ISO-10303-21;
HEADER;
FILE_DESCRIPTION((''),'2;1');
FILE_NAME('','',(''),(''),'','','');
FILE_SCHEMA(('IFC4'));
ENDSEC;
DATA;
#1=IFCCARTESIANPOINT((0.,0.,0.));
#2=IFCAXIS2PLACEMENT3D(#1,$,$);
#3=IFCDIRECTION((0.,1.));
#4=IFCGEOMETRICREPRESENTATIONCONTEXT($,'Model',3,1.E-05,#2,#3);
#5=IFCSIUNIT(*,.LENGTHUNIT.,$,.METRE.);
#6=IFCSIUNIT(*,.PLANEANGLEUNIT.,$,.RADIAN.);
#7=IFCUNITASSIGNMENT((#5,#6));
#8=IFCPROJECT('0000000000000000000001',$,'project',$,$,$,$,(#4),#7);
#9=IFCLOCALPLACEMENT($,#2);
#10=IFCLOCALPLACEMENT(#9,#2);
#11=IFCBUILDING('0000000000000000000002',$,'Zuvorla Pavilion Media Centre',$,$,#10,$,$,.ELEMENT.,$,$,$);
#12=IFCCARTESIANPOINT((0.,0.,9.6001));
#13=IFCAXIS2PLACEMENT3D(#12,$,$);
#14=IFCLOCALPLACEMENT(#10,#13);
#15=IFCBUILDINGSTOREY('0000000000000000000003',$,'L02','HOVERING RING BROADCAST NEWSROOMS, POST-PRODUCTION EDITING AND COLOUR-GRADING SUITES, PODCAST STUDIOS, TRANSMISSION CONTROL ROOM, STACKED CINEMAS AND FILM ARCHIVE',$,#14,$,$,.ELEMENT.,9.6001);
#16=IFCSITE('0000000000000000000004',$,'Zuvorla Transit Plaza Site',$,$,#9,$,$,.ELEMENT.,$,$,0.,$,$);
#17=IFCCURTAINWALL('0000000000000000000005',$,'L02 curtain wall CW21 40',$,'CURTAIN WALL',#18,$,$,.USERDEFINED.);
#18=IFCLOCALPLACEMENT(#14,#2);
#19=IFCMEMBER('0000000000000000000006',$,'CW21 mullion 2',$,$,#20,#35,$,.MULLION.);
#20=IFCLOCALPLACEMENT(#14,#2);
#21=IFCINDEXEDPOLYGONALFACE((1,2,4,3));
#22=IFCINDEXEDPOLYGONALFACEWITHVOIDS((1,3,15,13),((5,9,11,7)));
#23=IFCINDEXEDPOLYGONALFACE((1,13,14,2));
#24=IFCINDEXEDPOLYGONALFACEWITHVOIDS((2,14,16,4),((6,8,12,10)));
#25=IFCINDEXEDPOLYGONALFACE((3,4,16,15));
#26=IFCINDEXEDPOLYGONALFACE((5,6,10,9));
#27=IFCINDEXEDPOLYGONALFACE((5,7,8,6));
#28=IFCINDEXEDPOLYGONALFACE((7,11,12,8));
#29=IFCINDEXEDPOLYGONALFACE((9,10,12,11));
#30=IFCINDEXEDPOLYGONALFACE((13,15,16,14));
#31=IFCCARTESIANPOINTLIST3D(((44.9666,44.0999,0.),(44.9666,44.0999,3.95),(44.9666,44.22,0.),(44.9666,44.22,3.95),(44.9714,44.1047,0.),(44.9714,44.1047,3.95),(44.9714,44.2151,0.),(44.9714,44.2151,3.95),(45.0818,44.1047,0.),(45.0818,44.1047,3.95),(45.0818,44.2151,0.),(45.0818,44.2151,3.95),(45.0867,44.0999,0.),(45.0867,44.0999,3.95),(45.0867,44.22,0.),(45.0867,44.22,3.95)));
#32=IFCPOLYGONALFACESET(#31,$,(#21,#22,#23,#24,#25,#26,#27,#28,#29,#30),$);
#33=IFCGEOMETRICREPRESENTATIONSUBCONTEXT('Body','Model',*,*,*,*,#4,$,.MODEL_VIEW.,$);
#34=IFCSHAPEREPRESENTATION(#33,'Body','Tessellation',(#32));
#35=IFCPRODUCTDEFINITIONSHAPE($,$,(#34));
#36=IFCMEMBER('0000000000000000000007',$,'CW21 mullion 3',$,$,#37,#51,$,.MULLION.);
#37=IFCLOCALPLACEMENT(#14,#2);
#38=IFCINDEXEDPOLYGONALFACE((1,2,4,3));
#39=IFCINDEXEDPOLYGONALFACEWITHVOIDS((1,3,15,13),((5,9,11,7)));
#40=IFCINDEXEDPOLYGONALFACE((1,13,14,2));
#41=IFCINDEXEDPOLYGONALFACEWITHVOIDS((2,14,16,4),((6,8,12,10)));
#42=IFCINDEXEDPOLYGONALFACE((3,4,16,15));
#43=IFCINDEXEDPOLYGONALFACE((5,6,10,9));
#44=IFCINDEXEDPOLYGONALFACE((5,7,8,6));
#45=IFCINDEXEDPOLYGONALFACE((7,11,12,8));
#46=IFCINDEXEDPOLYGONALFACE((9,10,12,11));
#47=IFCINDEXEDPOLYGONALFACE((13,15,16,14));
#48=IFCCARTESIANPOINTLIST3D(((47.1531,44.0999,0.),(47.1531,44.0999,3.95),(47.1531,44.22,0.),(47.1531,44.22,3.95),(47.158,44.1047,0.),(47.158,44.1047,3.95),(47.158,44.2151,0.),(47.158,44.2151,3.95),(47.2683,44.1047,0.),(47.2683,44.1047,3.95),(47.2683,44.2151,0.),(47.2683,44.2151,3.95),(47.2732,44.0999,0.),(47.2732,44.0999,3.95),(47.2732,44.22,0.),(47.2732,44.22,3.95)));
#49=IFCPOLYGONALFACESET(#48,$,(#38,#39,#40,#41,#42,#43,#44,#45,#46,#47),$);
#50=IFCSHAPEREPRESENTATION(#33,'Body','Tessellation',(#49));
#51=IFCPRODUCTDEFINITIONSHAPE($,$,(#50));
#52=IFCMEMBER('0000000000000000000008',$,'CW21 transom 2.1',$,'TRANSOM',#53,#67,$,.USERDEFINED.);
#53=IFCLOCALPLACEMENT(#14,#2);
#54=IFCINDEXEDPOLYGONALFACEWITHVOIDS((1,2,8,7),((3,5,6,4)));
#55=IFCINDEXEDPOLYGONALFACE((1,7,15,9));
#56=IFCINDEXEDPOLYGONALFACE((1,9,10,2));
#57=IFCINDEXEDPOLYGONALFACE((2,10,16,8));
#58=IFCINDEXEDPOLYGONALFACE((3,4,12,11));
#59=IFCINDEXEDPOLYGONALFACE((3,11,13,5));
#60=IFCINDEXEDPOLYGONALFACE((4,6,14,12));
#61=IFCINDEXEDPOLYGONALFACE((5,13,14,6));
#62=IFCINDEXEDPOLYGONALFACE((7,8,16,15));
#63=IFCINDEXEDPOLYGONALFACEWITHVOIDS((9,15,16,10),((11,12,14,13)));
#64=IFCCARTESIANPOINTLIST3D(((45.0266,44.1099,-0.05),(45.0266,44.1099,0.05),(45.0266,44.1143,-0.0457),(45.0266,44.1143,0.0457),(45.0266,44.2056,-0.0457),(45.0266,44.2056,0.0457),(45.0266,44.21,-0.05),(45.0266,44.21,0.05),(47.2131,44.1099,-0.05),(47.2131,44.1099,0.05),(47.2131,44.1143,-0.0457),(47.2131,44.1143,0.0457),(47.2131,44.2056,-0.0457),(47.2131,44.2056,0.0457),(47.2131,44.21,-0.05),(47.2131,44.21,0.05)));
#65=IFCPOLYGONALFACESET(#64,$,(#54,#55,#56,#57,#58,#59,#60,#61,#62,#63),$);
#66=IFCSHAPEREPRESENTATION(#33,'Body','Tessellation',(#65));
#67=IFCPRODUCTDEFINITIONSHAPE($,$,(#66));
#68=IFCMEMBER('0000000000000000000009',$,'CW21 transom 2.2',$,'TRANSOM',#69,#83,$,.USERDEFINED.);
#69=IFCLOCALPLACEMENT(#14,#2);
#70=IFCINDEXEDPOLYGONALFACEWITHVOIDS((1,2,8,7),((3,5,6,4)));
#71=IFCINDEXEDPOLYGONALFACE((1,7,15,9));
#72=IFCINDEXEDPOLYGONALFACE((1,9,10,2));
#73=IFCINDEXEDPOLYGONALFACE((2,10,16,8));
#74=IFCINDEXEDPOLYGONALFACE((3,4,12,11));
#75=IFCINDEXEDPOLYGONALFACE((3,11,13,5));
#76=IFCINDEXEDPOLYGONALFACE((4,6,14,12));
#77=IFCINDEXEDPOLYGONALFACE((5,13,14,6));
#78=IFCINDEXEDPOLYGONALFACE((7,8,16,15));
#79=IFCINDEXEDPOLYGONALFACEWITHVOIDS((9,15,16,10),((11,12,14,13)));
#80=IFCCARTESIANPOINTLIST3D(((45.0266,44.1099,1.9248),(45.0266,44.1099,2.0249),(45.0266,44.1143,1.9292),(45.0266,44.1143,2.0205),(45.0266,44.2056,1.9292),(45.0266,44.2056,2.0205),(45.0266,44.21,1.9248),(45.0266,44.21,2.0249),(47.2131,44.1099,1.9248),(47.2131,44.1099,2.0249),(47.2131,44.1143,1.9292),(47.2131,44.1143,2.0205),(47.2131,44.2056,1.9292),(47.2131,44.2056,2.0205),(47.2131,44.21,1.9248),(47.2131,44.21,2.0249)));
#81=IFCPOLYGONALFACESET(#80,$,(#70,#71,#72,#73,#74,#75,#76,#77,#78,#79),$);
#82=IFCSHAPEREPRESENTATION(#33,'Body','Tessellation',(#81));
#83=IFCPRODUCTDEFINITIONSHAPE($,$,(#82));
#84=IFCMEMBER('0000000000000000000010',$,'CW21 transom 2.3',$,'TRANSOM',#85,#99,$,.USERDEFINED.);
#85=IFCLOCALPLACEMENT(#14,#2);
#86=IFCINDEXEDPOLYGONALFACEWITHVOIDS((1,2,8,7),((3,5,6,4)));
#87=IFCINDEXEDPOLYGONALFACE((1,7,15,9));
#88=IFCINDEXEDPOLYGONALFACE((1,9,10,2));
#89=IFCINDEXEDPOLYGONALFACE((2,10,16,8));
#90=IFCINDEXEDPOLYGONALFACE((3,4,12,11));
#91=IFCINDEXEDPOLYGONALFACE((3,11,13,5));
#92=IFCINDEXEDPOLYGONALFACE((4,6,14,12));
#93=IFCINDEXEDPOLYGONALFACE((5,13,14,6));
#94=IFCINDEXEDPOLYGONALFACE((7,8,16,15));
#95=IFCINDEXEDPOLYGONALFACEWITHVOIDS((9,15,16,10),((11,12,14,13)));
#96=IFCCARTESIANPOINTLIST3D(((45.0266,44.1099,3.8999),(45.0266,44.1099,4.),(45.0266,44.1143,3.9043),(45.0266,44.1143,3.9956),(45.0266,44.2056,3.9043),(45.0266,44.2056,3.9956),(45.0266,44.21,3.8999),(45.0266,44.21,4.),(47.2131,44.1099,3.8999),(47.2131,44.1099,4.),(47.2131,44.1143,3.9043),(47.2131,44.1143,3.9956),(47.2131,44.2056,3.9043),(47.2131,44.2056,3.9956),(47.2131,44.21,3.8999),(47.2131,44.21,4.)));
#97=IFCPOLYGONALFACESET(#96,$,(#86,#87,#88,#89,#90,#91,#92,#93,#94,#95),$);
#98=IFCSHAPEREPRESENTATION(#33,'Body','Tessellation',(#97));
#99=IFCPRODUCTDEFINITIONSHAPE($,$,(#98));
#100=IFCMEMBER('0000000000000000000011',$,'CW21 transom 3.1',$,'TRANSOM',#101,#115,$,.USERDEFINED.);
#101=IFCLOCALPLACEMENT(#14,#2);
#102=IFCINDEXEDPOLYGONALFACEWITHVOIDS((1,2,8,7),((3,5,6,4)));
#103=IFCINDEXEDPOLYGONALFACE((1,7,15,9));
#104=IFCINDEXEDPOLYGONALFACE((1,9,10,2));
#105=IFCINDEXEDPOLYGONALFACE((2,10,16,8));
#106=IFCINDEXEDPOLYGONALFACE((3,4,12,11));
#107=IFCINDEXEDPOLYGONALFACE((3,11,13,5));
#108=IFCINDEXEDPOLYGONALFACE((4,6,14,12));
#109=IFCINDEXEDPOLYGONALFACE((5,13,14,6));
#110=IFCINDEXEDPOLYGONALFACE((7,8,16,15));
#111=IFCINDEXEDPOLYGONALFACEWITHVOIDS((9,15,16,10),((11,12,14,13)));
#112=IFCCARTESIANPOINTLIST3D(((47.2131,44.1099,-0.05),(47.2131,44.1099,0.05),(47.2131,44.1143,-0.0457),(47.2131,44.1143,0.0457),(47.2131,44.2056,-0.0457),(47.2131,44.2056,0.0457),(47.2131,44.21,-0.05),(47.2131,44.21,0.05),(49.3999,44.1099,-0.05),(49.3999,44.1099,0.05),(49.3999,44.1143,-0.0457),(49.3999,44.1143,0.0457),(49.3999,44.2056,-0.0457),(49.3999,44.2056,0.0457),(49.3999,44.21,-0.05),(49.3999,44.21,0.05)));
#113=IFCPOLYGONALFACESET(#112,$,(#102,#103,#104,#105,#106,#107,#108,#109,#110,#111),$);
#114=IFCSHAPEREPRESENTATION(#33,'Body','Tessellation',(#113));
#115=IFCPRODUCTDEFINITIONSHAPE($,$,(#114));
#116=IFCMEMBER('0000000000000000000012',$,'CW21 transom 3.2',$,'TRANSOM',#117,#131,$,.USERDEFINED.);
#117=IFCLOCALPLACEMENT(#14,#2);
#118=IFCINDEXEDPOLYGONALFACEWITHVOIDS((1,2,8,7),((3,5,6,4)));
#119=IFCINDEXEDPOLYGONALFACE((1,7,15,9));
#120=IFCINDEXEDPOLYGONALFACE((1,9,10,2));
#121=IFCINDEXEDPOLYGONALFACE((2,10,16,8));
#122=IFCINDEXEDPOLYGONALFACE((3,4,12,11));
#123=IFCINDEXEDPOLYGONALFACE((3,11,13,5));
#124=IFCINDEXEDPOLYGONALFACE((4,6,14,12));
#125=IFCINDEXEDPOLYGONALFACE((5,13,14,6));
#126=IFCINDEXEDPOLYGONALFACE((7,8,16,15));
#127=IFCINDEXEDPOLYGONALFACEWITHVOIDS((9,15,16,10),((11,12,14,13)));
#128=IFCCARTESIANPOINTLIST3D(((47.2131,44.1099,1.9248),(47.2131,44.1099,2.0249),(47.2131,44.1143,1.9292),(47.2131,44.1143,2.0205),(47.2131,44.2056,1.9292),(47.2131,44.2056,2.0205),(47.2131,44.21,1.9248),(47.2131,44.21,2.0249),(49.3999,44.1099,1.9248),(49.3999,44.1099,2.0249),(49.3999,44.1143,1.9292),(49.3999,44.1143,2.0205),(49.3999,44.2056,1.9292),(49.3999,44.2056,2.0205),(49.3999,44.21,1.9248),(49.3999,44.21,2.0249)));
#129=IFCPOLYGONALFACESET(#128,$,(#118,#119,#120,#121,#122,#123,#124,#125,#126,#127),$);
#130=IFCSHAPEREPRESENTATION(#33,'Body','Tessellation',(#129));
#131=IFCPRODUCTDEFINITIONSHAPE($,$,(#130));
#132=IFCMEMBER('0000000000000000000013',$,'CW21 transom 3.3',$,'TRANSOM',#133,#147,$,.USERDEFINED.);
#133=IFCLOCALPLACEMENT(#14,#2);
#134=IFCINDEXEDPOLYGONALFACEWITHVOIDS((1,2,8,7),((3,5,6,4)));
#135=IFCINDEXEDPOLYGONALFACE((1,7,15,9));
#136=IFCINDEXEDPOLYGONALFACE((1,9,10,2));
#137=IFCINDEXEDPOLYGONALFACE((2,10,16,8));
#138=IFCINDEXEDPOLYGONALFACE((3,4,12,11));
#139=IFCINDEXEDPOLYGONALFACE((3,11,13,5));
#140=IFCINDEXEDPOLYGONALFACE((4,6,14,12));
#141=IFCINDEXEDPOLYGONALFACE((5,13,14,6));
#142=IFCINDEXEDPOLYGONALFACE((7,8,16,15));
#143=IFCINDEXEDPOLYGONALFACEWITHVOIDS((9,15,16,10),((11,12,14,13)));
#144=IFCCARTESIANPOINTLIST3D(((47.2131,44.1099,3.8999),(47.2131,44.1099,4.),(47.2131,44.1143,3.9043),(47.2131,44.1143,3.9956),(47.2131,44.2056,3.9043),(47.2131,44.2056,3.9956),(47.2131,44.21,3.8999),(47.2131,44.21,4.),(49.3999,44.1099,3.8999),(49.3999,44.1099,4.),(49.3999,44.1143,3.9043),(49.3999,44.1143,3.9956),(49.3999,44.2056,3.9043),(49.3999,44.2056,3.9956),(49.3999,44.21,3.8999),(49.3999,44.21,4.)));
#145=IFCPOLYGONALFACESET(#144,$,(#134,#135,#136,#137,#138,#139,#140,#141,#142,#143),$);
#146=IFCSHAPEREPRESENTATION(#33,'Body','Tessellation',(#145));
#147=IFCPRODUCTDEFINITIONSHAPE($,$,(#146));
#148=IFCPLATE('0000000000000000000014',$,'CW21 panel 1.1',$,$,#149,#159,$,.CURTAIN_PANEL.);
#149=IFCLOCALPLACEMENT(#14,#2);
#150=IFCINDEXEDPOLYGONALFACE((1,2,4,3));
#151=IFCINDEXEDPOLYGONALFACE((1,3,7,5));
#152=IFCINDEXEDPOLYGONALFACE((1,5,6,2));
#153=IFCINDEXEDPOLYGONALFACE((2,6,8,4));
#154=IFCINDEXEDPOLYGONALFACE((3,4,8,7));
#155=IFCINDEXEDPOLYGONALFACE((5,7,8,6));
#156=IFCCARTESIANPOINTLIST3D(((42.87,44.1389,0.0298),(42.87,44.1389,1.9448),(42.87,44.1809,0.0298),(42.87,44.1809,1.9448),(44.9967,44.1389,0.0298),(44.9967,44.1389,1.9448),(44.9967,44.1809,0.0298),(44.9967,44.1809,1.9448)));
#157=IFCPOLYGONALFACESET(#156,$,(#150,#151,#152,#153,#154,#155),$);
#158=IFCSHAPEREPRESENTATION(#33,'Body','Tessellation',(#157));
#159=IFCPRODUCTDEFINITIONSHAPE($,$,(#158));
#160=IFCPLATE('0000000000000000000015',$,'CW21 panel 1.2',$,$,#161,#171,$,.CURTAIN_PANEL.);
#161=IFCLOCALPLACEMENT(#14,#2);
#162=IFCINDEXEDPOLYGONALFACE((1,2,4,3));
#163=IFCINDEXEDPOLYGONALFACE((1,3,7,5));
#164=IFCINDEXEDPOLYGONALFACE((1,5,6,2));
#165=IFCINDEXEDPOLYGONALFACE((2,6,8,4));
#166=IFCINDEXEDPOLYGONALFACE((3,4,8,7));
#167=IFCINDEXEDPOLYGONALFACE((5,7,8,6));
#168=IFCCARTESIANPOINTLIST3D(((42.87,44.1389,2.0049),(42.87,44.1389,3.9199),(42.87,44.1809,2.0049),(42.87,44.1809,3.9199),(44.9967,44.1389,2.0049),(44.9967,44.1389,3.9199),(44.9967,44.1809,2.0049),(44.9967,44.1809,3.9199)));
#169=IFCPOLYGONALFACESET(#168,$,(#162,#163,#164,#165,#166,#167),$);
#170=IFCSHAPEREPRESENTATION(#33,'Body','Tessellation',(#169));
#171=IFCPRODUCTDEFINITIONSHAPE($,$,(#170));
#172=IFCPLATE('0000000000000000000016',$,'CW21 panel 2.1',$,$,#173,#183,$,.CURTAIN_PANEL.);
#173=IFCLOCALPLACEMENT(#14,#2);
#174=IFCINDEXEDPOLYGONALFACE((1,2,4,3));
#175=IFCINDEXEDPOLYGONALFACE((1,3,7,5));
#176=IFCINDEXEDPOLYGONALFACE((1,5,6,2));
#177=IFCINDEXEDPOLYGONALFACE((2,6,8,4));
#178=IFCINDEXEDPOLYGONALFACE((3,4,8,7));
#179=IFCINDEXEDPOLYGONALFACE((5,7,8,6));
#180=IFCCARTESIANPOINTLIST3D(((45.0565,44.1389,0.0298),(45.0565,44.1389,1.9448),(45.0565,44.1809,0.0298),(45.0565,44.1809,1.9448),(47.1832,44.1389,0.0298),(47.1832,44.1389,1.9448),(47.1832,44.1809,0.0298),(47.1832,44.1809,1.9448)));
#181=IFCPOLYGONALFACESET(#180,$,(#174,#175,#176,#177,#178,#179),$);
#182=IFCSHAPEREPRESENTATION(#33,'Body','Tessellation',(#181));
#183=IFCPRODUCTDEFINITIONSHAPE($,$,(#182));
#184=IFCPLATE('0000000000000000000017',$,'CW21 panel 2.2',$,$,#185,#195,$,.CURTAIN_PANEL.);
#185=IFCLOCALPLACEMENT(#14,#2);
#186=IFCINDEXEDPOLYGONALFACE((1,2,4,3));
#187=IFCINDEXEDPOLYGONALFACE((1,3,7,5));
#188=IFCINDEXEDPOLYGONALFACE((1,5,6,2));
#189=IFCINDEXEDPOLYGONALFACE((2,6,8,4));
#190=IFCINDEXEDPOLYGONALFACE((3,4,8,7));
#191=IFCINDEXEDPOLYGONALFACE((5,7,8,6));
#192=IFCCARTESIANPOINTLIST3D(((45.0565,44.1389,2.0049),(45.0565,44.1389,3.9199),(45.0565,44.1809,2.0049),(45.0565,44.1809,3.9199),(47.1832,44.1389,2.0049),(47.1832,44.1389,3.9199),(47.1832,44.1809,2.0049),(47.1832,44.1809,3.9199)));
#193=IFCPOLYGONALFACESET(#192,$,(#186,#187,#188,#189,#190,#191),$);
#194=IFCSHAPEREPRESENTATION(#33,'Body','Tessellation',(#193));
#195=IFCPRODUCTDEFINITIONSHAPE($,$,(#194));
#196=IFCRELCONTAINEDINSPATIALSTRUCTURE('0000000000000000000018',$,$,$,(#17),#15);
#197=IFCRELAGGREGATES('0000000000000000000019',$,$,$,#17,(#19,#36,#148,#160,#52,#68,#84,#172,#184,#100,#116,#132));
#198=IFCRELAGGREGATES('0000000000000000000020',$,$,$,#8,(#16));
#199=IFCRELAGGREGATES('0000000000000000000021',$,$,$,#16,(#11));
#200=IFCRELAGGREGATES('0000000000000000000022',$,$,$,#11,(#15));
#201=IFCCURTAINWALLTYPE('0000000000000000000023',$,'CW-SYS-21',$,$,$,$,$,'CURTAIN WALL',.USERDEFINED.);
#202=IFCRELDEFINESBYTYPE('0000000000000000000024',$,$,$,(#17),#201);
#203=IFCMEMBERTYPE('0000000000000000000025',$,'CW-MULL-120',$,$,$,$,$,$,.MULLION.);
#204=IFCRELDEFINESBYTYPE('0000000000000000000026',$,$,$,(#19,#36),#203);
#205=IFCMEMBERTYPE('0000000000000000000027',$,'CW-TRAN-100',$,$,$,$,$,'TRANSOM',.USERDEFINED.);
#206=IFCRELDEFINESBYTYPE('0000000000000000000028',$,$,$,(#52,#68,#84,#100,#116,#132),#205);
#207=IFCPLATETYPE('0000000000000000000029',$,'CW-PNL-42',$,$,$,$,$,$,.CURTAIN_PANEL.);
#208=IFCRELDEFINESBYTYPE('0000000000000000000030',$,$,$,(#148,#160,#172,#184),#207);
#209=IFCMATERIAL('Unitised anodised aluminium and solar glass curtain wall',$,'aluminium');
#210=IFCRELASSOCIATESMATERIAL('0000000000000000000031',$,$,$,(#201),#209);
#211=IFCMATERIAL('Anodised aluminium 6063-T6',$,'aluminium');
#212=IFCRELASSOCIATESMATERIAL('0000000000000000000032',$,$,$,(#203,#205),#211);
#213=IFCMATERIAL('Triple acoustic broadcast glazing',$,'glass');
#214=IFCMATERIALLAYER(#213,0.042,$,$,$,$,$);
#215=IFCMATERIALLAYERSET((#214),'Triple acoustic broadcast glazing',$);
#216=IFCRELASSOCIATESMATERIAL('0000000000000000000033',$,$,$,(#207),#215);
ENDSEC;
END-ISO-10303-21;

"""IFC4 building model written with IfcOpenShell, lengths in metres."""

from ifc_helpers import new_model, si_unit, direction, frame, origin, origin_2d, place, context, subcontext, project, spatial, rectangle, hollow_rectangle, extrude, material, layer, layer_set, material_profile, profile_set, type_object, element, aggregate, save


model = new_model("IFC4")

# Units and contexts
model_context = context("Model", 3, precision=1e-05, world=origin(), true_north=direction((0.0, 1.0)))
body_context = subcontext(model_context, "Body", "Model", "MODEL_VIEW")
ifc_project = project(units=[si_unit("LENGTHUNIT", "METRE"), si_unit("PLANEANGLEUNIT", "RADIAN")], contexts=[model_context])

# Site, building, storey
site_placement = place(None, origin())
site = spatial("IfcSite", under=ifc_project, at=site_placement, Name="Zuvorla Transit Plaza Site", CompositionType="ELEMENT", RefElevation=0.0)
building_placement = place(site_placement, origin())
building = spatial("IfcBuilding", under=site, at=building_placement, Name="Zuvorla Pavilion Media Centre", CompositionType="ELEMENT")
storey_placement = place(building_placement, frame((0.0, 0.0, 9.6001)))
storey = spatial("IfcBuildingStorey", under=building, at=storey_placement, Name="L02", Description="HOVERING RING BROADCAST NEWSROOMS, POST-PRODUCTION EDITING AND COLOUR-GRADING SUITES, PODCAST STUDIOS, TRANSMISSION CONTROL ROOM, STACKED CINEMAS AND FILM ARCHIVE", CompositionType="ELEMENT", Elevation=9.6001)

# Curtain wall, members, plates
ifc_material_1 = material(Name="Unitised anodised aluminium and solar glass curtain wall", Category="aluminium")
curtain_wall_type = type_object("IfcCurtainWallType", Name="CW-SYS-21", ElementType="CURTAIN WALL", PredefinedType="USERDEFINED", material=ifc_material_1)
curtain_wall_placement = place(storey_placement, origin())
curtain_wall = element("IfcCurtainWall", 1, at=curtain_wall_placement, inside=storey, type_object=curtain_wall_type, Name="L02 curtain wall CW21 40", ObjectType="CURTAIN WALL", PredefinedType="USERDEFINED")
ifc_material_2 = material(Name="Anodised aluminium 6063-T6", Category="aluminium")
ifc_material_profile_1 = material_profile(ifc_material_2, hollow_rectangle(XDim=0.1201, YDim=0.1201, WallThickness=0.0049, at=origin_2d()), Name="ALU MULL 120x120")
ifc_profile_set_1 = profile_set([ifc_material_profile_1], Name="Anodised aluminium 6063-T6")
member_type_1 = type_object("IfcMemberType", Name="CW-MULL-120", PredefinedType="MULLION", material=ifc_profile_set_1)
member_1_placement = place(storey_placement, frame((45.0266, 44.1599, 0.0), z_axis=(0.0, 0.0, 1.0), x_axis=(1.0, 0.0, 0.0)))
member_1 = element("IfcMember", 2, at=member_1_placement, type_object=member_type_1, Name="CW21 mullion 2", PredefinedType="MULLION", context=body_context, shape_type="SweptSolid", body=[
    extrude(hollow_rectangle(XDim=0.1201, YDim=0.1201, WallThickness=0.0049, at=origin_2d()), origin(), (0.0, 0.0, 1.0), 3.95),
])
member_2_placement = place(storey_placement, frame((47.2131, 44.1599, 0.0), z_axis=(0.0, 0.0, 1.0), x_axis=(1.0, 0.0, 0.0)))
member_2 = element("IfcMember", 3, at=member_2_placement, type_object=member_type_1, Name="CW21 mullion 3", PredefinedType="MULLION", context=body_context, shape_type="SweptSolid", body=[
    extrude(hollow_rectangle(XDim=0.1201, YDim=0.1201, WallThickness=0.0049, at=origin_2d()), origin(), (0.0, 0.0, 1.0), 3.95),
])
ifc_material_profile_2 = material_profile(ifc_material_2, hollow_rectangle(XDim=0.1001, YDim=0.1001, WallThickness=0.0044, at=origin_2d()), Name="ALU TRAN 100x100")
ifc_profile_set_2 = profile_set([ifc_material_profile_2], Name="Anodised aluminium 6063-T6")
member_type_2 = type_object("IfcMemberType", Name="CW-TRAN-100", ElementType="TRANSOM", PredefinedType="USERDEFINED", material=ifc_profile_set_2)
member_3_placement = place(storey_placement, frame((45.0266, 44.1599, 0.0), z_axis=(1.0, 0.0, 0.0), x_axis=(0.0, 1.0, 0.0)))
member_3 = element("IfcMember", 4, at=member_3_placement, type_object=member_type_2, Name="CW21 transom 2.1", ObjectType="TRANSOM", PredefinedType="USERDEFINED", context=body_context, shape_type="SweptSolid", body=[
    extrude(hollow_rectangle(XDim=0.1001, YDim=0.1001, WallThickness=0.0044, at=origin_2d()), origin(), (0.0, 0.0, 1.0), 2.1865),
])
member_4_placement = place(storey_placement, frame((45.0266, 44.1599, 1.9749), z_axis=(1.0, 0.0, 0.0), x_axis=(0.0, 1.0, 0.0)))
member_4 = element("IfcMember", 5, at=member_4_placement, type_object=member_type_2, Name="CW21 transom 2.2", ObjectType="TRANSOM", PredefinedType="USERDEFINED", context=body_context, shape_type="SweptSolid", body=[
    extrude(hollow_rectangle(XDim=0.1001, YDim=0.1001, WallThickness=0.0044, at=origin_2d()), origin(), (0.0, 0.0, 1.0), 2.1865),
])
member_5_placement = place(storey_placement, frame((45.0266, 44.1599, 3.95), z_axis=(1.0, 0.0, 0.0), x_axis=(0.0, 1.0, 0.0)))
member_5 = element("IfcMember", 6, at=member_5_placement, type_object=member_type_2, Name="CW21 transom 2.3", ObjectType="TRANSOM", PredefinedType="USERDEFINED", context=body_context, shape_type="SweptSolid", body=[
    extrude(hollow_rectangle(XDim=0.1001, YDim=0.1001, WallThickness=0.0044, at=origin_2d()), origin(), (0.0, 0.0, 1.0), 2.1865),
])
member_6_placement = place(storey_placement, frame((47.2131, 44.1599, 0.0), z_axis=(1.0, 0.0, 0.0), x_axis=(0.0, 1.0, 0.0)))
member_6 = element("IfcMember", 7, at=member_6_placement, type_object=member_type_2, Name="CW21 transom 3.1", ObjectType="TRANSOM", PredefinedType="USERDEFINED", context=body_context, shape_type="SweptSolid", body=[
    extrude(hollow_rectangle(XDim=0.1001, YDim=0.1001, WallThickness=0.0044, at=origin_2d()), origin(), (0.0, 0.0, 1.0), 2.1868),
])
member_7_placement = place(storey_placement, frame((47.2131, 44.1599, 1.9749), z_axis=(1.0, 0.0, 0.0), x_axis=(0.0, 1.0, 0.0)))
member_7 = element("IfcMember", 8, at=member_7_placement, type_object=member_type_2, Name="CW21 transom 3.2", ObjectType="TRANSOM", PredefinedType="USERDEFINED", context=body_context, shape_type="SweptSolid", body=[
    extrude(hollow_rectangle(XDim=0.1001, YDim=0.1001, WallThickness=0.0044, at=origin_2d()), origin(), (0.0, 0.0, 1.0), 2.1868),
])
member_8_placement = place(storey_placement, frame((47.2131, 44.1599, 3.95), z_axis=(1.0, 0.0, 0.0), x_axis=(0.0, 1.0, 0.0)))
member_8 = element("IfcMember", 9, at=member_8_placement, type_object=member_type_2, Name="CW21 transom 3.3", ObjectType="TRANSOM", PredefinedType="USERDEFINED", context=body_context, shape_type="SweptSolid", body=[
    extrude(hollow_rectangle(XDim=0.1001, YDim=0.1001, WallThickness=0.0044, at=origin_2d()), origin(), (0.0, 0.0, 1.0), 2.1868),
])
ifc_material_3 = material(Name="Triple acoustic broadcast glazing", Category="glass")
ifc_layer_1 = layer(ifc_material_3, 0.042)
ifc_layer_set_1 = layer_set([ifc_layer_1], Name="Triple acoustic broadcast glazing")
plate_type = type_object("IfcPlateType", Name="CW-PNL-42", PredefinedType="CURTAIN_PANEL", material=ifc_layer_set_1)
plate_1_placement = place(storey_placement, frame((43.9333, 44.1599, 0.0298), z_axis=(0.0, 0.0, 1.0), x_axis=(1.0, 0.0, 0.0)))
plate_1 = element("IfcPlate", 10, at=plate_1_placement, type_object=plate_type, Name="CW21 panel 1.1", PredefinedType="CURTAIN_PANEL", context=body_context, shape_type="SweptSolid", body=[
    extrude(rectangle(XDim=2.1267, YDim=0.042, at=origin_2d()), origin(), (0.0, 0.0, 1.0), 1.915),
])
plate_2_placement = place(storey_placement, frame((43.9333, 44.1599, 2.0049), z_axis=(0.0, 0.0, 1.0), x_axis=(1.0, 0.0, 0.0)))
plate_2 = element("IfcPlate", 11, at=plate_2_placement, type_object=plate_type, Name="CW21 panel 1.2", PredefinedType="CURTAIN_PANEL", context=body_context, shape_type="SweptSolid", body=[
    extrude(rectangle(XDim=2.1267, YDim=0.042, at=origin_2d()), origin(), (0.0, 0.0, 1.0), 1.915),
])
plate_3_placement = place(storey_placement, frame((46.1199, 44.1599, 0.0298), z_axis=(0.0, 0.0, 1.0), x_axis=(1.0, 0.0, 0.0)))
plate_3 = element("IfcPlate", 12, at=plate_3_placement, type_object=plate_type, Name="CW21 panel 2.1", PredefinedType="CURTAIN_PANEL", context=body_context, shape_type="SweptSolid", body=[
    extrude(rectangle(XDim=2.1267, YDim=0.042, at=origin_2d()), origin(), (0.0, 0.0, 1.0), 1.915),
])
plate_4_placement = place(storey_placement, frame((46.1199, 44.1599, 2.0049), z_axis=(0.0, 0.0, 1.0), x_axis=(1.0, 0.0, 0.0)))
plate_4 = element("IfcPlate", 13, at=plate_4_placement, type_object=plate_type, Name="CW21 panel 2.2", PredefinedType="CURTAIN_PANEL", context=body_context, shape_type="SweptSolid", body=[
    extrude(rectangle(XDim=2.1267, YDim=0.042, at=origin_2d()), origin(), (0.0, 0.0, 1.0), 1.915),
])
aggregate(curtain_wall, [member_1, member_2, plate_1, plate_2, member_3, member_4, member_5, plate_3, plate_4, member_6, member_7, member_8])

save(model, "model.ifc")
